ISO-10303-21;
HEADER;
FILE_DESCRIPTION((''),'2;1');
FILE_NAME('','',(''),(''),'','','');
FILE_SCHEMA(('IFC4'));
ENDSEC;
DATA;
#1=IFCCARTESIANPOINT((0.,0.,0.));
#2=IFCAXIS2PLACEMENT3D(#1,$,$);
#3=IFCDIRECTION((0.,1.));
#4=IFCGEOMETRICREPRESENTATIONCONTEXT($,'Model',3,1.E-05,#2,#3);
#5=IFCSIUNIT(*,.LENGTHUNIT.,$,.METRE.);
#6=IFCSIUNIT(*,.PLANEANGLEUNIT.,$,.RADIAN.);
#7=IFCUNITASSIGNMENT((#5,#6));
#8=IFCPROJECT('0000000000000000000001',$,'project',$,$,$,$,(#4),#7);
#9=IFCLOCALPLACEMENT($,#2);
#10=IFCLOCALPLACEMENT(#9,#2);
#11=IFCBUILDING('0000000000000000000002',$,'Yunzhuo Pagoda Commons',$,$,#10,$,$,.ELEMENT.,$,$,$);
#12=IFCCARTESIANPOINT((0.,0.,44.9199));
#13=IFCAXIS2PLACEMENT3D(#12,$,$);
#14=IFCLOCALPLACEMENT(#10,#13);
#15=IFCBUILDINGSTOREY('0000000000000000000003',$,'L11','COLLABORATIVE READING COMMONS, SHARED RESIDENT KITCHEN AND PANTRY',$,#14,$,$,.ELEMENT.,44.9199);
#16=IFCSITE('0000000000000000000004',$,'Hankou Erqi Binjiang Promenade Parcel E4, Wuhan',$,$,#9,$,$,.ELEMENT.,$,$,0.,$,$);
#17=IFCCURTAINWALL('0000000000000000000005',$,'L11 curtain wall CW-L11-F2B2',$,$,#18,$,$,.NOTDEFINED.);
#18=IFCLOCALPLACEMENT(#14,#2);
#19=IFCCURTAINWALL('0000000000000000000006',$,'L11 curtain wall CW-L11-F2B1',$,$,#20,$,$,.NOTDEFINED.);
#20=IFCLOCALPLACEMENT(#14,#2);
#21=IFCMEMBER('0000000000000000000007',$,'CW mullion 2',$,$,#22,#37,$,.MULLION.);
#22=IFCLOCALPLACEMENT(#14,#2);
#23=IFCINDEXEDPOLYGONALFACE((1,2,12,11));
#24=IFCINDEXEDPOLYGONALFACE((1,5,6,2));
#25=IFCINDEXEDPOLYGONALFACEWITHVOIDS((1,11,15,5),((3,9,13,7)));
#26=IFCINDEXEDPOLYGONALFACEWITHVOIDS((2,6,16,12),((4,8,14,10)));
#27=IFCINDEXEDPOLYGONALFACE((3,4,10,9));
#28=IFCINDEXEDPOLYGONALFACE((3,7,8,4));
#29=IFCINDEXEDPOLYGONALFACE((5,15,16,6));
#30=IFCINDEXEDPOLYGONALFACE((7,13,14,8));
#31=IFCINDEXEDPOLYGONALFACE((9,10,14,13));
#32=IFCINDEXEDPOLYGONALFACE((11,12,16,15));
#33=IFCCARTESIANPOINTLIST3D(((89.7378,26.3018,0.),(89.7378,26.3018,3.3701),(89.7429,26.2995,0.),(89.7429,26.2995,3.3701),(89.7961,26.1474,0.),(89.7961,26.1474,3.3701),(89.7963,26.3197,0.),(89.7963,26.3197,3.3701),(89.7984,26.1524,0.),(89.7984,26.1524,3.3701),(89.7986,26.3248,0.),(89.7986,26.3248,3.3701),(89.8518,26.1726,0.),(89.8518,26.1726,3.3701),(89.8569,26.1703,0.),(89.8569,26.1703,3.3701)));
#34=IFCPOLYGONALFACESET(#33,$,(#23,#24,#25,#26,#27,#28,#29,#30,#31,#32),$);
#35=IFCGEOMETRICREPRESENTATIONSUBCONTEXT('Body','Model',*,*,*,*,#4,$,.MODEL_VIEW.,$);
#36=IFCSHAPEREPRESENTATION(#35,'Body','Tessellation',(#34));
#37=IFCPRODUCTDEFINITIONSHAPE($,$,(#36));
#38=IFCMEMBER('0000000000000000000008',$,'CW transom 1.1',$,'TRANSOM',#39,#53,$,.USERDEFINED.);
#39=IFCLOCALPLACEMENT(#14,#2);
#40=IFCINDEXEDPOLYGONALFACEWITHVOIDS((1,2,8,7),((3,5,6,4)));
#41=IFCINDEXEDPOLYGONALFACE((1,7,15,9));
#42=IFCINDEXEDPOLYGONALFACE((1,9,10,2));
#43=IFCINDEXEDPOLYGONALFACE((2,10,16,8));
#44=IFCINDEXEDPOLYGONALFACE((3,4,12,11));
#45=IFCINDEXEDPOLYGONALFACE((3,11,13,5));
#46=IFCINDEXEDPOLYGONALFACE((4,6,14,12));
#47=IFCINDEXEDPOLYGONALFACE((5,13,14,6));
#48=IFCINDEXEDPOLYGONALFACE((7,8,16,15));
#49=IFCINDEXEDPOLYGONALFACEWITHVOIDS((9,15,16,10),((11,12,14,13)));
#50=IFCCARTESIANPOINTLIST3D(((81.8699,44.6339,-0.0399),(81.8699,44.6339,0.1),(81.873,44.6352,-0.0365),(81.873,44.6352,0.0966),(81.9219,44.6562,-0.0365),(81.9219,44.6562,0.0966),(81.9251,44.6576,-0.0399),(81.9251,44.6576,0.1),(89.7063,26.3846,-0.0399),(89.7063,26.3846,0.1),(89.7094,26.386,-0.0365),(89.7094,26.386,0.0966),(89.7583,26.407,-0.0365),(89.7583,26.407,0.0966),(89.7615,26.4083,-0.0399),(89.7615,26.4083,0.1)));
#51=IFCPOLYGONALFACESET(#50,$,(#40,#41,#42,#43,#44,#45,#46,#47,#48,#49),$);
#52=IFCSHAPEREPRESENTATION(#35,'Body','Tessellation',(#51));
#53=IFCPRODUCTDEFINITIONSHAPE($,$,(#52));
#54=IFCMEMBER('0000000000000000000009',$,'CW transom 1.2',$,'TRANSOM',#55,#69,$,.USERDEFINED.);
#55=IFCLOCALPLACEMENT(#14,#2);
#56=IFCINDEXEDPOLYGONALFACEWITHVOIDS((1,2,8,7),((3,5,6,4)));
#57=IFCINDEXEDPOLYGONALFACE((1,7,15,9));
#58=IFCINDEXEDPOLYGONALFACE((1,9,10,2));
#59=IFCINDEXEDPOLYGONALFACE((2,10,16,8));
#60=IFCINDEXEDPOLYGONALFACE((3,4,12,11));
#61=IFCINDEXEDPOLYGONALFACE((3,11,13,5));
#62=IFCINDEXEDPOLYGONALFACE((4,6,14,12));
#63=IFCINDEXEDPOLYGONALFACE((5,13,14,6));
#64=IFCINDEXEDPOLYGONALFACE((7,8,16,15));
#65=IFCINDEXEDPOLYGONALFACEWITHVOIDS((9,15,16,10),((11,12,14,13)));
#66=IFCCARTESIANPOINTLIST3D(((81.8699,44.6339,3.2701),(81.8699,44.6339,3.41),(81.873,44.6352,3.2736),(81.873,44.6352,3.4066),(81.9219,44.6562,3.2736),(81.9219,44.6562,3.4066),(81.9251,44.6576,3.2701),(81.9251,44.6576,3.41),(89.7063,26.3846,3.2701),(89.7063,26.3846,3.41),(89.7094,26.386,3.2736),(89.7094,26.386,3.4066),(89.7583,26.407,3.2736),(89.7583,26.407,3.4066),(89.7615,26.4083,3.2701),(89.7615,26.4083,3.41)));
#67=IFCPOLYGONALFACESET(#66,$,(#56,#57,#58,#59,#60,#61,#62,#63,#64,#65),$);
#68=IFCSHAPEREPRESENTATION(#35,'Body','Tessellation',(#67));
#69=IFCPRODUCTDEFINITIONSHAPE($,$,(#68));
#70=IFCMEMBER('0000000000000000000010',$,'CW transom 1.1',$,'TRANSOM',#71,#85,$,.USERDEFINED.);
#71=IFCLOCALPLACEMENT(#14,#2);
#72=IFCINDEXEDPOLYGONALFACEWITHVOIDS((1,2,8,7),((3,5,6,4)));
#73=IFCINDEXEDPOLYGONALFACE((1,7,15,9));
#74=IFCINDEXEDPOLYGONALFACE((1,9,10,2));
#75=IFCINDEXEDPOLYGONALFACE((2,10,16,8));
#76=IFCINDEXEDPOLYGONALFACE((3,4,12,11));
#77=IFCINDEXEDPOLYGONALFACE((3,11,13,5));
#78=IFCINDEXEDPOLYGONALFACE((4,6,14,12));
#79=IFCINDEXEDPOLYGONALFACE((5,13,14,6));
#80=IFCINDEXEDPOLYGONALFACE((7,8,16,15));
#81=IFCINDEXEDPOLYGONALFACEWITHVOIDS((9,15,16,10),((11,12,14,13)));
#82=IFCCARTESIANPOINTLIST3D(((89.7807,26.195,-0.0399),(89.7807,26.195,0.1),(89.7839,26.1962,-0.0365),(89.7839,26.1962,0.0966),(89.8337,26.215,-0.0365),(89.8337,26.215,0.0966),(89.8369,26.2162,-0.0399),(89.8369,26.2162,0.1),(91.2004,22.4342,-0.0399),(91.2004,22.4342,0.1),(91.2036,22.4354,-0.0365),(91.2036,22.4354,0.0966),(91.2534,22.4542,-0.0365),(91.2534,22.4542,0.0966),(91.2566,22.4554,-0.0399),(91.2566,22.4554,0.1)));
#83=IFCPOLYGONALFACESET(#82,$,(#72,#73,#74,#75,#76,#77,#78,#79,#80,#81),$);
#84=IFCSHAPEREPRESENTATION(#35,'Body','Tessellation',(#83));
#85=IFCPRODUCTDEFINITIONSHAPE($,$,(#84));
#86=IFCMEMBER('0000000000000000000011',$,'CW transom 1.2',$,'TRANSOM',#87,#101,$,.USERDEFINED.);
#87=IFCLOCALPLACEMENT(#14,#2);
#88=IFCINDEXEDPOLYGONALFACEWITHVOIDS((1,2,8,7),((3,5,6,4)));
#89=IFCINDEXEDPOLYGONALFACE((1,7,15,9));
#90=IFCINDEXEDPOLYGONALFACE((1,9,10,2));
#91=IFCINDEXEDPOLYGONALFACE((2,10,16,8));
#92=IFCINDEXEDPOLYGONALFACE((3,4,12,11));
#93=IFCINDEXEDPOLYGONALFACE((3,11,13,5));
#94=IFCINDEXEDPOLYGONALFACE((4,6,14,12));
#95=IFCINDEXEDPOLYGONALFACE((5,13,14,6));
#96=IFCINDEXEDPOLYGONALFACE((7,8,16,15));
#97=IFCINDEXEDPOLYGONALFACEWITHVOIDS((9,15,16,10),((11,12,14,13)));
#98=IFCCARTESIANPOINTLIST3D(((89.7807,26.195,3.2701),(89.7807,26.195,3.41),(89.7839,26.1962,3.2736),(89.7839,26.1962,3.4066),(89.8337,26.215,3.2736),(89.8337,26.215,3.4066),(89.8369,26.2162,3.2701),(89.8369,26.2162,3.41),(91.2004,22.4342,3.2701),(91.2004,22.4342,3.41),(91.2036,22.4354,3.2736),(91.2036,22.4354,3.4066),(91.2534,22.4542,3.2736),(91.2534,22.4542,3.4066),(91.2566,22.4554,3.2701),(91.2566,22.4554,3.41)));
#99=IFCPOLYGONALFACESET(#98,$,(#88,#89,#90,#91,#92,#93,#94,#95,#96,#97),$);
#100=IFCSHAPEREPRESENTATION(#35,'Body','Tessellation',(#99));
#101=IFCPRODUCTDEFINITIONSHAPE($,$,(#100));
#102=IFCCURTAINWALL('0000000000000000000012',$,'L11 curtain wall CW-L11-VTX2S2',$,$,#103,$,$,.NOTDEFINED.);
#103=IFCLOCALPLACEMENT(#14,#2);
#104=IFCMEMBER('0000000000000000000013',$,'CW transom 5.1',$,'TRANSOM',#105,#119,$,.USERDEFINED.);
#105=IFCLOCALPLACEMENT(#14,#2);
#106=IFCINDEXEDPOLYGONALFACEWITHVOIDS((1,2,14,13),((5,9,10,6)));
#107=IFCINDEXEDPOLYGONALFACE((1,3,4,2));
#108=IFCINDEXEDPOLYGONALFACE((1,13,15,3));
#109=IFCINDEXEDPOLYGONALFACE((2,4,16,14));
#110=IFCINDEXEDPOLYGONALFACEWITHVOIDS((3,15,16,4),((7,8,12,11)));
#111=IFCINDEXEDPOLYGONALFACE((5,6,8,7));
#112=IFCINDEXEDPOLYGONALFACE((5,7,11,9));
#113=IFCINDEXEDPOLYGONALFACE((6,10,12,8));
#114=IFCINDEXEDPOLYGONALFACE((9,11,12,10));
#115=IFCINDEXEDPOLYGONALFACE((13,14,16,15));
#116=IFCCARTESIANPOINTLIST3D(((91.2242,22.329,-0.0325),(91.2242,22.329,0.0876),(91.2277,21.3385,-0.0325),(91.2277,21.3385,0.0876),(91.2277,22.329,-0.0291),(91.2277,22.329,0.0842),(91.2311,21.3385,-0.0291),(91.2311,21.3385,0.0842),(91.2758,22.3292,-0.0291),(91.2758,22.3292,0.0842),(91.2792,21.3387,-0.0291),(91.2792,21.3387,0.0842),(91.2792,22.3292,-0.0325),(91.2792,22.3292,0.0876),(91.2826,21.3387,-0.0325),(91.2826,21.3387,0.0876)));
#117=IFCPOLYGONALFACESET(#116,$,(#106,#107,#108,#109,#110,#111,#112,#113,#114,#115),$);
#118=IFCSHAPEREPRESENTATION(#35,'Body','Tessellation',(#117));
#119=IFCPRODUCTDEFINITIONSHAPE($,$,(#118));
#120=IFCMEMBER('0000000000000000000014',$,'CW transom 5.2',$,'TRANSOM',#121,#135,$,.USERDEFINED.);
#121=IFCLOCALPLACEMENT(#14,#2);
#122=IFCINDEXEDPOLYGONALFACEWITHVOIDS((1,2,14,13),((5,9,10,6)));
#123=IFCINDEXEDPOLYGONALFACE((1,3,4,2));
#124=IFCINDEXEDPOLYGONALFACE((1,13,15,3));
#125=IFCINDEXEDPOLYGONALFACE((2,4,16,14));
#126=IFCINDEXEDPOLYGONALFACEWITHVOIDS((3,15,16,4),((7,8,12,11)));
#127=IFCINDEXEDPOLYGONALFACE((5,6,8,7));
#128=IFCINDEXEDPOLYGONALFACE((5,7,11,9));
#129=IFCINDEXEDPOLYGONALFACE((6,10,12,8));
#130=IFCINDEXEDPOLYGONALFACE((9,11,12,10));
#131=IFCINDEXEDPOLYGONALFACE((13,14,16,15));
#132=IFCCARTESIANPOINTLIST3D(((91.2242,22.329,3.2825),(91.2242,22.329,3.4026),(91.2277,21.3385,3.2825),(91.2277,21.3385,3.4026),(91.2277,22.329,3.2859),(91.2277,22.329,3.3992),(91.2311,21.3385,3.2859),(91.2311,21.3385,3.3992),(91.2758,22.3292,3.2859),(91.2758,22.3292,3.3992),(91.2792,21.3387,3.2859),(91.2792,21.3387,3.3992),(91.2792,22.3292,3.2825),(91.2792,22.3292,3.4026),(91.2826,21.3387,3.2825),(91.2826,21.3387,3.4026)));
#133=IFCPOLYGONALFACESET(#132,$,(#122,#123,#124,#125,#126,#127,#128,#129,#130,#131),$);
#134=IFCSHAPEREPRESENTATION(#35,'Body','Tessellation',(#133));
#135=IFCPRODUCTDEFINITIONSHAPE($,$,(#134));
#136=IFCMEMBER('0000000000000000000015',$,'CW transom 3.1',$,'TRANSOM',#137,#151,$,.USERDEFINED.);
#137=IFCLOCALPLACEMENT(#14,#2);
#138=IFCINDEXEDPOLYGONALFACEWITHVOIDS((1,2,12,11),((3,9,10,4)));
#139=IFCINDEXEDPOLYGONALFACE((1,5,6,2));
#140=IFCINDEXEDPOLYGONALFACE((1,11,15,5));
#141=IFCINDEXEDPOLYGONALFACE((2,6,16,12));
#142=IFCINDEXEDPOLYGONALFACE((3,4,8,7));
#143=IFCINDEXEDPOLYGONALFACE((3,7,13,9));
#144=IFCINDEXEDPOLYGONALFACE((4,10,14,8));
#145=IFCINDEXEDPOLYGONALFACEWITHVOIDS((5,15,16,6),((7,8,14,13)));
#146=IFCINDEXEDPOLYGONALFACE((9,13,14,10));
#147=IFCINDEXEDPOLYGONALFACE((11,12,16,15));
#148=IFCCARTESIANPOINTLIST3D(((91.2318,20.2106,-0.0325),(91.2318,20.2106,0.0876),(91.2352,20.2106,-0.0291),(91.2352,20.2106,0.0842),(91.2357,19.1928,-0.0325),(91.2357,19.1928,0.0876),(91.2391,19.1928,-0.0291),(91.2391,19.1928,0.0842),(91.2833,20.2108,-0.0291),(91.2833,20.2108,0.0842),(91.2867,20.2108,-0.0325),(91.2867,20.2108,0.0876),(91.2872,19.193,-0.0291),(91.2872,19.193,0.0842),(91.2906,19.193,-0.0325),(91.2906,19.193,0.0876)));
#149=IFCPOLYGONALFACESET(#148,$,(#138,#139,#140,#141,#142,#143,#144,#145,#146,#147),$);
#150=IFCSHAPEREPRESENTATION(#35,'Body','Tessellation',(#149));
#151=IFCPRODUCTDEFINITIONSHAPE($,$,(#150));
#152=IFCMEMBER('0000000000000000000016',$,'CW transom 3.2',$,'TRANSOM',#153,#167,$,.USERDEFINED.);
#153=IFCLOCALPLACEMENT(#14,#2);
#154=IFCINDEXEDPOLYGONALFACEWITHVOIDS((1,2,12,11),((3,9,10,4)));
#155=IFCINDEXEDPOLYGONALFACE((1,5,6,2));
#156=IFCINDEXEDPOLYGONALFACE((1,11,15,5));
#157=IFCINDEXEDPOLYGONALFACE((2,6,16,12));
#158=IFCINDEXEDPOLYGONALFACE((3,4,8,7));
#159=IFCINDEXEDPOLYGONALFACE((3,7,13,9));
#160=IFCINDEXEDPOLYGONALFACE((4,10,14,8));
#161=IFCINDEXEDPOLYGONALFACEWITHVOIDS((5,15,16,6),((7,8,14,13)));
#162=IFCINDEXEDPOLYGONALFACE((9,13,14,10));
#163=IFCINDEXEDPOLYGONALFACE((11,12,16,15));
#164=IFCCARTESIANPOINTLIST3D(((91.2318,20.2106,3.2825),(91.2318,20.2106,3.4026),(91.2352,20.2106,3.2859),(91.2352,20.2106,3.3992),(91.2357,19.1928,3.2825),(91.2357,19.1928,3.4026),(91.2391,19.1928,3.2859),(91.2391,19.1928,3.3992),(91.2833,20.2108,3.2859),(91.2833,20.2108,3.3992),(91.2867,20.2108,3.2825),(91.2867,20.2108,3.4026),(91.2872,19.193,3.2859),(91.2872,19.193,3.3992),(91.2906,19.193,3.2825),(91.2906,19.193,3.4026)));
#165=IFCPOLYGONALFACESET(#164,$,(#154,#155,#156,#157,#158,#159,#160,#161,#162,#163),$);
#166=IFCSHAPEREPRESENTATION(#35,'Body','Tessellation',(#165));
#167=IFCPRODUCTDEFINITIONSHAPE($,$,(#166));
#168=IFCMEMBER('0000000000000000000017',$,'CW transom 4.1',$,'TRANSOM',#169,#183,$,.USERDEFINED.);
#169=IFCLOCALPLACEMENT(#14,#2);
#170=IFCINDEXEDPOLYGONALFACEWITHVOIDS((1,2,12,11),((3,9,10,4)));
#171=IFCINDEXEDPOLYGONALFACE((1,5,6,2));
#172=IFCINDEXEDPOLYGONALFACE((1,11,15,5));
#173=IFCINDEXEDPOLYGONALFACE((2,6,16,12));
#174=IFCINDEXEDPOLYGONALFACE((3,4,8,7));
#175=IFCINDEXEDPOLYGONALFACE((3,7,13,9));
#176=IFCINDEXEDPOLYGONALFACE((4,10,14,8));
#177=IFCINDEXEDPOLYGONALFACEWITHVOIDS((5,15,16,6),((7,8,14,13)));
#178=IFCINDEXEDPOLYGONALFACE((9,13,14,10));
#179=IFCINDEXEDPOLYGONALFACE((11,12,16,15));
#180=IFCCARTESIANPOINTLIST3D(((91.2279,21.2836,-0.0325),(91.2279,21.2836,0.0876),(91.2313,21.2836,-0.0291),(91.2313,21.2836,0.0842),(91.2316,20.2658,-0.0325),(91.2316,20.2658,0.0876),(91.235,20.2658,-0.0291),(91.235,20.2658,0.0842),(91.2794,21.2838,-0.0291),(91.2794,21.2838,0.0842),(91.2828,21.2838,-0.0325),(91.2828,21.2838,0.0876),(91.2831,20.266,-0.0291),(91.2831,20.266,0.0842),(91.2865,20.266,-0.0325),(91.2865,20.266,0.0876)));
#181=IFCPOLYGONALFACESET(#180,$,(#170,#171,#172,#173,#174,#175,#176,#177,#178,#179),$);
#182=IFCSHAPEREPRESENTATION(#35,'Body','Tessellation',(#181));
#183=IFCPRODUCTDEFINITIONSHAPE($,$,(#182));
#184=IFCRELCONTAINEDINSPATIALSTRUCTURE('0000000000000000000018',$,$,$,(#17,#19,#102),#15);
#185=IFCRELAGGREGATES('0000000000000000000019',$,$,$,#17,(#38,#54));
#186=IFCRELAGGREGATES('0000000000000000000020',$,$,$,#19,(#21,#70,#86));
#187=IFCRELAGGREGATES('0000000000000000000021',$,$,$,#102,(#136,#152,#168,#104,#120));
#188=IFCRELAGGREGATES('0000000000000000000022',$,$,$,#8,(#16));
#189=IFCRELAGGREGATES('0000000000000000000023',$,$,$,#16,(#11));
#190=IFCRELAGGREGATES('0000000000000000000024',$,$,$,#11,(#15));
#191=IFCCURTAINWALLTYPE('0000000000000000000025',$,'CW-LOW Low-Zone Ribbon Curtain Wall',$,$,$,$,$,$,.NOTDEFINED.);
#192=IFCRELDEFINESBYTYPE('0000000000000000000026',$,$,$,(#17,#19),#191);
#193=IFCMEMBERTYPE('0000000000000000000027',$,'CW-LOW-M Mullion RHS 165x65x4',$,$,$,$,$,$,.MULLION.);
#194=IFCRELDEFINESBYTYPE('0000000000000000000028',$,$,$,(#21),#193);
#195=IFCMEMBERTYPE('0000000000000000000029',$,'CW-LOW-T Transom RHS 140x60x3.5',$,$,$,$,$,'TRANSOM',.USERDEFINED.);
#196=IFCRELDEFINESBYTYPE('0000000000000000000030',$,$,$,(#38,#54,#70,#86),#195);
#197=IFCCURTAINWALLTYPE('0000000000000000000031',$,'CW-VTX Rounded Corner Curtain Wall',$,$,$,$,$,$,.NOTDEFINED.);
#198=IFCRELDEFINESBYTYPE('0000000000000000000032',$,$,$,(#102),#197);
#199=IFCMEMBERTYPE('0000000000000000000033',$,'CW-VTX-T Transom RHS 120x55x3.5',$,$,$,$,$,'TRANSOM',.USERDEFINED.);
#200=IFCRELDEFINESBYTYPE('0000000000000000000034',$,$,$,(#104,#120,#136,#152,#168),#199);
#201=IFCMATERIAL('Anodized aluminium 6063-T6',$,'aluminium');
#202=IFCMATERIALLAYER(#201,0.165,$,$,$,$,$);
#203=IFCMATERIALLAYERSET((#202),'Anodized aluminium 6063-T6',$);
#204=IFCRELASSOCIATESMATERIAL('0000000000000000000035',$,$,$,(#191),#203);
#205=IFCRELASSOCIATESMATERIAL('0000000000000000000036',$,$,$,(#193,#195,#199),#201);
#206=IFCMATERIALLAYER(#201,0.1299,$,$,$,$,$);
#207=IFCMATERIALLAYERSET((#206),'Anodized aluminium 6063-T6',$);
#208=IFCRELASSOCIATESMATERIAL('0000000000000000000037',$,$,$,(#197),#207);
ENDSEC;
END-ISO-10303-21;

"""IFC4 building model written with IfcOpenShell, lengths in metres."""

from ifc_helpers import new_model, si_unit, direction, frame, origin, origin_2d, place, context, subcontext, project, spatial, hollow_rectangle, extrude, source, transform, mapped, material, layer, layer_set, material_profile, profile_set, type_object, element, aggregate, save


model = new_model("IFC4")

# Units and contexts
model_context = context("Model", 3, precision=1e-05, world=origin(), true_north=direction((0.0, 1.0)))
body_context = subcontext(model_context, "Body", "Model", "MODEL_VIEW")
ifc_project = project(units=[si_unit("LENGTHUNIT", "METRE"), si_unit("PLANEANGLEUNIT", "RADIAN")], contexts=[model_context])

# Site, building, storey
site_placement = place(None, origin())
site = spatial("IfcSite", under=ifc_project, at=site_placement, Name="Hankou Erqi Binjiang Promenade Parcel E4, Wuhan", CompositionType="ELEMENT", RefElevation=0.0)
building_placement = place(site_placement, origin())
building = spatial("IfcBuilding", under=site, at=building_placement, Name="Yunzhuo Pagoda Commons", CompositionType="ELEMENT")
storey_placement = place(building_placement, frame((0.0, 0.0, 44.9199)))
storey = spatial("IfcBuildingStorey", under=building, at=storey_placement, Name="L11", Description="COLLABORATIVE READING COMMONS, SHARED RESIDENT KITCHEN AND PANTRY", CompositionType="ELEMENT", Elevation=44.9199)

# Curtain wall
ifc_material_1 = material(Name="Anodized aluminium 6063-T6", Category="aluminium")
ifc_layer_1 = layer(ifc_material_1, 0.165)
ifc_layer_set_1 = layer_set([ifc_layer_1], Name="Anodized aluminium 6063-T6")
curtain_wall_type_1 = type_object("IfcCurtainWallType", Name="CW-LOW Low-Zone Ribbon Curtain Wall", PredefinedType="NOTDEFINED", material=ifc_layer_set_1)
curtain_wall_1_placement = place(storey_placement, origin())
curtain_wall_1 = element("IfcCurtainWall", 1, at=curtain_wall_1_placement, inside=storey, type_object=curtain_wall_type_1, Name="L11 curtain wall CW-L11-F2B2", PredefinedType="NOTDEFINED")
ifc_material_profile_1 = material_profile(ifc_material_1, hollow_rectangle(XDim=0.0649, YDim=0.165, WallThickness=0.0039, at=origin_2d()), Name="Anodized aluminium 6063-T6")
ifc_profile_set_1 = profile_set([ifc_material_profile_1], Name="Anodized aluminium 6063-T6")
member_type_1 = type_object("IfcMemberType", Name="CW-LOW-M Mullion RHS 165x65x4", PredefinedType="MULLION", material=ifc_profile_set_1)
shared_shape_1 = source(origin(), body_context, "Body", "SweptSolid", [
    extrude(hollow_rectangle(XDim=0.0649, YDim=0.165, WallThickness=0.0039, at=origin_2d()), origin(), (0.0, 0.0, 1.0), 3.3701),
])

# Curtain wall, member
curtain_wall_2_placement = place(storey_placement, origin())
curtain_wall_2 = element("IfcCurtainWall", 2, at=curtain_wall_2_placement, inside=storey, type_object=curtain_wall_type_1, Name="L11 curtain wall CW-L11-F2B1", PredefinedType="NOTDEFINED")
member_1_placement = place(storey_placement, frame((89.7974, 26.2361, 0.0), z_axis=(0.0, 0.0, 1.0), x_axis=(-0.935566, -0.353151, 0.0)))
member_1 = element("IfcMember", 3, at=member_1_placement, type_object=member_type_1, Name="CW mullion 2", PredefinedType="MULLION", context=body_context, shape_type="MappedRepresentation", body=[
    mapped(shared_shape_1, transform((0.0, 0.0, 0.0), scale=1.0)),
])

# Members
ifc_material_profile_2 = material_profile(ifc_material_1, hollow_rectangle(XDim=0.0601, YDim=0.1399, WallThickness=0.0034, at=origin_2d()), Name="Anodized aluminium 6063-T6")
ifc_profile_set_2 = profile_set([ifc_material_profile_2], Name="Anodized aluminium 6063-T6")
member_type_2 = type_object("IfcMemberType", Name="CW-LOW-T Transom RHS 140x60x3.5", ElementType="TRANSOM", PredefinedType="USERDEFINED", material=ifc_profile_set_2)
shared_shape_2 = source(origin(), body_context, "Body", "SweptSolid", [
    extrude(hollow_rectangle(XDim=0.0601, YDim=0.1399, WallThickness=0.0034, at=origin_2d()), origin(), (0.0, 0.0, 1.0), 19.8606),
])
member_2_placement = place(storey_placement, frame((89.7339, 26.3965, 0.03), z_axis=(-0.39457, 0.918866, 0.0), x_axis=(-0.918866, -0.39457, 0.0)))
member_2 = element("IfcMember", 4, at=member_2_placement, type_object=member_type_2, Name="CW transom 1.1", ObjectType="TRANSOM", PredefinedType="USERDEFINED", context=body_context, shape_type="MappedRepresentation", body=[
    mapped(shared_shape_2, transform((0.0, 0.0, 0.0), scale=1.0)),
])
member_3_placement = place(storey_placement, frame((89.7339, 26.3965, 3.3401), z_axis=(-0.39457, 0.918866, 0.0), x_axis=(-0.918866, -0.39457, 0.0)))
member_3 = element("IfcMember", 5, at=member_3_placement, type_object=member_type_2, Name="CW transom 1.2", ObjectType="TRANSOM", PredefinedType="USERDEFINED", context=body_context, shape_type="MappedRepresentation", body=[
    mapped(shared_shape_2, transform((0.0, 0.0, 0.0), scale=1.0)),
])
shared_shape_3 = source(origin(), body_context, "Body", "SweptSolid", [
    extrude(hollow_rectangle(XDim=0.0601, YDim=0.1399, WallThickness=0.0034, at=origin_2d()), origin(), (0.0, 0.0, 1.0), 4.0198),
])
member_4_placement = place(storey_placement, frame((91.2285, 22.4448, 0.03), z_axis=(-0.353173, 0.935558, 0.0), x_axis=(-0.935558, -0.353173, 0.0)))
member_4 = element("IfcMember", 6, at=member_4_placement, type_object=member_type_2, Name="CW transom 1.1", ObjectType="TRANSOM", PredefinedType="USERDEFINED", context=body_context, shape_type="MappedRepresentation", body=[
    mapped(shared_shape_3, transform((0.0, 0.0, 0.0), scale=1.0)),
])
member_5_placement = place(storey_placement, frame((91.2285, 22.4448, 3.3401), z_axis=(-0.353173, 0.935558, 0.0), x_axis=(-0.935558, -0.353173, 0.0)))
member_5 = element("IfcMember", 7, at=member_5_placement, type_object=member_type_2, Name="CW transom 1.2", ObjectType="TRANSOM", PredefinedType="USERDEFINED", context=body_context, shape_type="MappedRepresentation", body=[
    mapped(shared_shape_3, transform((0.0, 0.0, 0.0), scale=1.0)),
])

# Curtain wall, members
ifc_layer_2 = layer(ifc_material_1, 0.1299)
ifc_layer_set_2 = layer_set([ifc_layer_2], Name="Anodized aluminium 6063-T6")
curtain_wall_type_2 = type_object("IfcCurtainWallType", Name="CW-VTX Rounded Corner Curtain Wall", PredefinedType="NOTDEFINED", material=ifc_layer_set_2)
curtain_wall_3_placement = place(storey_placement, origin())
curtain_wall_3 = element("IfcCurtainWall", 8, at=curtain_wall_3_placement, inside=storey, type_object=curtain_wall_type_2, Name="L11 curtain wall CW-L11-VTX2S2", PredefinedType="NOTDEFINED")
ifc_material_profile_3 = material_profile(ifc_material_1, hollow_rectangle(XDim=0.0549, YDim=0.1201, WallThickness=0.0034, at=origin_2d()), Name="Anodized aluminium 6063-T6")
ifc_profile_set_3 = profile_set([ifc_material_profile_3], Name="Anodized aluminium 6063-T6")
member_type_3 = type_object("IfcMemberType", Name="CW-VTX-T Transom RHS 120x55x3.5", ElementType="TRANSOM", PredefinedType="USERDEFINED", material=ifc_profile_set_3)
shared_shape_4 = source(origin(), body_context, "Body", "SweptSolid", [
    extrude(hollow_rectangle(XDim=0.0549, YDim=0.1201, WallThickness=0.0034, at=origin_2d()), origin(), (0.0, 0.0, 1.0), 0.9905),
])
member_6_placement = place(storey_placement, frame((91.2551, 21.3386, 0.0276), z_axis=(-0.003451, 0.999994, 0.0), x_axis=(-0.999994, -0.003451, 0.0)))
member_6 = element("IfcMember", 9, at=member_6_placement, type_object=member_type_3, Name="CW transom 5.1", ObjectType="TRANSOM", PredefinedType="USERDEFINED", context=body_context, shape_type="MappedRepresentation", body=[
    mapped(shared_shape_4, transform((0.0, 0.0, 0.0), scale=1.0)),
])
member_7_placement = place(storey_placement, frame((91.2551, 21.3386, 3.3425), z_axis=(-0.003451, 0.999994, 0.0), x_axis=(-0.999994, -0.003451, 0.0)))
member_7 = element("IfcMember", 10, at=member_7_placement, type_object=member_type_3, Name="CW transom 5.2", ObjectType="TRANSOM", PredefinedType="USERDEFINED", context=body_context, shape_type="MappedRepresentation", body=[
    mapped(shared_shape_4, transform((0.0, 0.0, 0.0), scale=1.0)),
])
shared_shape_5 = source(origin(), body_context, "Body", "SweptSolid", [
    extrude(hollow_rectangle(XDim=0.0549, YDim=0.1201, WallThickness=0.0034, at=origin_2d()), origin(), (0.0, 0.0, 1.0), 1.0178),
])
member_8_placement = place(storey_placement, frame((91.2632, 19.1929, 0.0276), z_axis=(-0.003838, 0.999993, 0.0), x_axis=(-0.999993, -0.003838, 0.0)))
member_8 = element("IfcMember", 11, at=member_8_placement, type_object=member_type_3, Name="CW transom 3.1", ObjectType="TRANSOM", PredefinedType="USERDEFINED", context=body_context, shape_type="MappedRepresentation", body=[
    mapped(shared_shape_5, transform((0.0, 0.0, 0.0), scale=1.0)),
])
member_9_placement = place(storey_placement, frame((91.2632, 19.1929, 3.3425), z_axis=(-0.003838, 0.999993, 0.0), x_axis=(-0.999993, -0.003838, 0.0)))
member_9 = element("IfcMember", 12, at=member_9_placement, type_object=member_type_3, Name="CW transom 3.2", ObjectType="TRANSOM", PredefinedType="USERDEFINED", context=body_context, shape_type="MappedRepresentation", body=[
    mapped(shared_shape_5, transform((0.0, 0.0, 0.0), scale=1.0)),
])
member_10_placement = place(storey_placement, frame((91.259, 20.2659, 0.0276), z_axis=(-0.003598, 0.999994, 0.0), x_axis=(-0.999994, -0.003598, 0.0)))
member_10 = element("IfcMember", 13, at=member_10_placement, type_object=member_type_3, Name="CW transom 4.1", ObjectType="TRANSOM", PredefinedType="USERDEFINED", context=body_context, shape_type="MappedRepresentation", body=[
    mapped(shared_shape_5, transform((0.0, 0.0, 0.0), scale=1.0)),
])

aggregate(curtain_wall_1, [member_2, member_3])
aggregate(curtain_wall_2, [member_1, member_4, member_5])
aggregate(curtain_wall_3, [member_8, member_9, member_10, member_6, member_7])

save(model, "model.ifc")
